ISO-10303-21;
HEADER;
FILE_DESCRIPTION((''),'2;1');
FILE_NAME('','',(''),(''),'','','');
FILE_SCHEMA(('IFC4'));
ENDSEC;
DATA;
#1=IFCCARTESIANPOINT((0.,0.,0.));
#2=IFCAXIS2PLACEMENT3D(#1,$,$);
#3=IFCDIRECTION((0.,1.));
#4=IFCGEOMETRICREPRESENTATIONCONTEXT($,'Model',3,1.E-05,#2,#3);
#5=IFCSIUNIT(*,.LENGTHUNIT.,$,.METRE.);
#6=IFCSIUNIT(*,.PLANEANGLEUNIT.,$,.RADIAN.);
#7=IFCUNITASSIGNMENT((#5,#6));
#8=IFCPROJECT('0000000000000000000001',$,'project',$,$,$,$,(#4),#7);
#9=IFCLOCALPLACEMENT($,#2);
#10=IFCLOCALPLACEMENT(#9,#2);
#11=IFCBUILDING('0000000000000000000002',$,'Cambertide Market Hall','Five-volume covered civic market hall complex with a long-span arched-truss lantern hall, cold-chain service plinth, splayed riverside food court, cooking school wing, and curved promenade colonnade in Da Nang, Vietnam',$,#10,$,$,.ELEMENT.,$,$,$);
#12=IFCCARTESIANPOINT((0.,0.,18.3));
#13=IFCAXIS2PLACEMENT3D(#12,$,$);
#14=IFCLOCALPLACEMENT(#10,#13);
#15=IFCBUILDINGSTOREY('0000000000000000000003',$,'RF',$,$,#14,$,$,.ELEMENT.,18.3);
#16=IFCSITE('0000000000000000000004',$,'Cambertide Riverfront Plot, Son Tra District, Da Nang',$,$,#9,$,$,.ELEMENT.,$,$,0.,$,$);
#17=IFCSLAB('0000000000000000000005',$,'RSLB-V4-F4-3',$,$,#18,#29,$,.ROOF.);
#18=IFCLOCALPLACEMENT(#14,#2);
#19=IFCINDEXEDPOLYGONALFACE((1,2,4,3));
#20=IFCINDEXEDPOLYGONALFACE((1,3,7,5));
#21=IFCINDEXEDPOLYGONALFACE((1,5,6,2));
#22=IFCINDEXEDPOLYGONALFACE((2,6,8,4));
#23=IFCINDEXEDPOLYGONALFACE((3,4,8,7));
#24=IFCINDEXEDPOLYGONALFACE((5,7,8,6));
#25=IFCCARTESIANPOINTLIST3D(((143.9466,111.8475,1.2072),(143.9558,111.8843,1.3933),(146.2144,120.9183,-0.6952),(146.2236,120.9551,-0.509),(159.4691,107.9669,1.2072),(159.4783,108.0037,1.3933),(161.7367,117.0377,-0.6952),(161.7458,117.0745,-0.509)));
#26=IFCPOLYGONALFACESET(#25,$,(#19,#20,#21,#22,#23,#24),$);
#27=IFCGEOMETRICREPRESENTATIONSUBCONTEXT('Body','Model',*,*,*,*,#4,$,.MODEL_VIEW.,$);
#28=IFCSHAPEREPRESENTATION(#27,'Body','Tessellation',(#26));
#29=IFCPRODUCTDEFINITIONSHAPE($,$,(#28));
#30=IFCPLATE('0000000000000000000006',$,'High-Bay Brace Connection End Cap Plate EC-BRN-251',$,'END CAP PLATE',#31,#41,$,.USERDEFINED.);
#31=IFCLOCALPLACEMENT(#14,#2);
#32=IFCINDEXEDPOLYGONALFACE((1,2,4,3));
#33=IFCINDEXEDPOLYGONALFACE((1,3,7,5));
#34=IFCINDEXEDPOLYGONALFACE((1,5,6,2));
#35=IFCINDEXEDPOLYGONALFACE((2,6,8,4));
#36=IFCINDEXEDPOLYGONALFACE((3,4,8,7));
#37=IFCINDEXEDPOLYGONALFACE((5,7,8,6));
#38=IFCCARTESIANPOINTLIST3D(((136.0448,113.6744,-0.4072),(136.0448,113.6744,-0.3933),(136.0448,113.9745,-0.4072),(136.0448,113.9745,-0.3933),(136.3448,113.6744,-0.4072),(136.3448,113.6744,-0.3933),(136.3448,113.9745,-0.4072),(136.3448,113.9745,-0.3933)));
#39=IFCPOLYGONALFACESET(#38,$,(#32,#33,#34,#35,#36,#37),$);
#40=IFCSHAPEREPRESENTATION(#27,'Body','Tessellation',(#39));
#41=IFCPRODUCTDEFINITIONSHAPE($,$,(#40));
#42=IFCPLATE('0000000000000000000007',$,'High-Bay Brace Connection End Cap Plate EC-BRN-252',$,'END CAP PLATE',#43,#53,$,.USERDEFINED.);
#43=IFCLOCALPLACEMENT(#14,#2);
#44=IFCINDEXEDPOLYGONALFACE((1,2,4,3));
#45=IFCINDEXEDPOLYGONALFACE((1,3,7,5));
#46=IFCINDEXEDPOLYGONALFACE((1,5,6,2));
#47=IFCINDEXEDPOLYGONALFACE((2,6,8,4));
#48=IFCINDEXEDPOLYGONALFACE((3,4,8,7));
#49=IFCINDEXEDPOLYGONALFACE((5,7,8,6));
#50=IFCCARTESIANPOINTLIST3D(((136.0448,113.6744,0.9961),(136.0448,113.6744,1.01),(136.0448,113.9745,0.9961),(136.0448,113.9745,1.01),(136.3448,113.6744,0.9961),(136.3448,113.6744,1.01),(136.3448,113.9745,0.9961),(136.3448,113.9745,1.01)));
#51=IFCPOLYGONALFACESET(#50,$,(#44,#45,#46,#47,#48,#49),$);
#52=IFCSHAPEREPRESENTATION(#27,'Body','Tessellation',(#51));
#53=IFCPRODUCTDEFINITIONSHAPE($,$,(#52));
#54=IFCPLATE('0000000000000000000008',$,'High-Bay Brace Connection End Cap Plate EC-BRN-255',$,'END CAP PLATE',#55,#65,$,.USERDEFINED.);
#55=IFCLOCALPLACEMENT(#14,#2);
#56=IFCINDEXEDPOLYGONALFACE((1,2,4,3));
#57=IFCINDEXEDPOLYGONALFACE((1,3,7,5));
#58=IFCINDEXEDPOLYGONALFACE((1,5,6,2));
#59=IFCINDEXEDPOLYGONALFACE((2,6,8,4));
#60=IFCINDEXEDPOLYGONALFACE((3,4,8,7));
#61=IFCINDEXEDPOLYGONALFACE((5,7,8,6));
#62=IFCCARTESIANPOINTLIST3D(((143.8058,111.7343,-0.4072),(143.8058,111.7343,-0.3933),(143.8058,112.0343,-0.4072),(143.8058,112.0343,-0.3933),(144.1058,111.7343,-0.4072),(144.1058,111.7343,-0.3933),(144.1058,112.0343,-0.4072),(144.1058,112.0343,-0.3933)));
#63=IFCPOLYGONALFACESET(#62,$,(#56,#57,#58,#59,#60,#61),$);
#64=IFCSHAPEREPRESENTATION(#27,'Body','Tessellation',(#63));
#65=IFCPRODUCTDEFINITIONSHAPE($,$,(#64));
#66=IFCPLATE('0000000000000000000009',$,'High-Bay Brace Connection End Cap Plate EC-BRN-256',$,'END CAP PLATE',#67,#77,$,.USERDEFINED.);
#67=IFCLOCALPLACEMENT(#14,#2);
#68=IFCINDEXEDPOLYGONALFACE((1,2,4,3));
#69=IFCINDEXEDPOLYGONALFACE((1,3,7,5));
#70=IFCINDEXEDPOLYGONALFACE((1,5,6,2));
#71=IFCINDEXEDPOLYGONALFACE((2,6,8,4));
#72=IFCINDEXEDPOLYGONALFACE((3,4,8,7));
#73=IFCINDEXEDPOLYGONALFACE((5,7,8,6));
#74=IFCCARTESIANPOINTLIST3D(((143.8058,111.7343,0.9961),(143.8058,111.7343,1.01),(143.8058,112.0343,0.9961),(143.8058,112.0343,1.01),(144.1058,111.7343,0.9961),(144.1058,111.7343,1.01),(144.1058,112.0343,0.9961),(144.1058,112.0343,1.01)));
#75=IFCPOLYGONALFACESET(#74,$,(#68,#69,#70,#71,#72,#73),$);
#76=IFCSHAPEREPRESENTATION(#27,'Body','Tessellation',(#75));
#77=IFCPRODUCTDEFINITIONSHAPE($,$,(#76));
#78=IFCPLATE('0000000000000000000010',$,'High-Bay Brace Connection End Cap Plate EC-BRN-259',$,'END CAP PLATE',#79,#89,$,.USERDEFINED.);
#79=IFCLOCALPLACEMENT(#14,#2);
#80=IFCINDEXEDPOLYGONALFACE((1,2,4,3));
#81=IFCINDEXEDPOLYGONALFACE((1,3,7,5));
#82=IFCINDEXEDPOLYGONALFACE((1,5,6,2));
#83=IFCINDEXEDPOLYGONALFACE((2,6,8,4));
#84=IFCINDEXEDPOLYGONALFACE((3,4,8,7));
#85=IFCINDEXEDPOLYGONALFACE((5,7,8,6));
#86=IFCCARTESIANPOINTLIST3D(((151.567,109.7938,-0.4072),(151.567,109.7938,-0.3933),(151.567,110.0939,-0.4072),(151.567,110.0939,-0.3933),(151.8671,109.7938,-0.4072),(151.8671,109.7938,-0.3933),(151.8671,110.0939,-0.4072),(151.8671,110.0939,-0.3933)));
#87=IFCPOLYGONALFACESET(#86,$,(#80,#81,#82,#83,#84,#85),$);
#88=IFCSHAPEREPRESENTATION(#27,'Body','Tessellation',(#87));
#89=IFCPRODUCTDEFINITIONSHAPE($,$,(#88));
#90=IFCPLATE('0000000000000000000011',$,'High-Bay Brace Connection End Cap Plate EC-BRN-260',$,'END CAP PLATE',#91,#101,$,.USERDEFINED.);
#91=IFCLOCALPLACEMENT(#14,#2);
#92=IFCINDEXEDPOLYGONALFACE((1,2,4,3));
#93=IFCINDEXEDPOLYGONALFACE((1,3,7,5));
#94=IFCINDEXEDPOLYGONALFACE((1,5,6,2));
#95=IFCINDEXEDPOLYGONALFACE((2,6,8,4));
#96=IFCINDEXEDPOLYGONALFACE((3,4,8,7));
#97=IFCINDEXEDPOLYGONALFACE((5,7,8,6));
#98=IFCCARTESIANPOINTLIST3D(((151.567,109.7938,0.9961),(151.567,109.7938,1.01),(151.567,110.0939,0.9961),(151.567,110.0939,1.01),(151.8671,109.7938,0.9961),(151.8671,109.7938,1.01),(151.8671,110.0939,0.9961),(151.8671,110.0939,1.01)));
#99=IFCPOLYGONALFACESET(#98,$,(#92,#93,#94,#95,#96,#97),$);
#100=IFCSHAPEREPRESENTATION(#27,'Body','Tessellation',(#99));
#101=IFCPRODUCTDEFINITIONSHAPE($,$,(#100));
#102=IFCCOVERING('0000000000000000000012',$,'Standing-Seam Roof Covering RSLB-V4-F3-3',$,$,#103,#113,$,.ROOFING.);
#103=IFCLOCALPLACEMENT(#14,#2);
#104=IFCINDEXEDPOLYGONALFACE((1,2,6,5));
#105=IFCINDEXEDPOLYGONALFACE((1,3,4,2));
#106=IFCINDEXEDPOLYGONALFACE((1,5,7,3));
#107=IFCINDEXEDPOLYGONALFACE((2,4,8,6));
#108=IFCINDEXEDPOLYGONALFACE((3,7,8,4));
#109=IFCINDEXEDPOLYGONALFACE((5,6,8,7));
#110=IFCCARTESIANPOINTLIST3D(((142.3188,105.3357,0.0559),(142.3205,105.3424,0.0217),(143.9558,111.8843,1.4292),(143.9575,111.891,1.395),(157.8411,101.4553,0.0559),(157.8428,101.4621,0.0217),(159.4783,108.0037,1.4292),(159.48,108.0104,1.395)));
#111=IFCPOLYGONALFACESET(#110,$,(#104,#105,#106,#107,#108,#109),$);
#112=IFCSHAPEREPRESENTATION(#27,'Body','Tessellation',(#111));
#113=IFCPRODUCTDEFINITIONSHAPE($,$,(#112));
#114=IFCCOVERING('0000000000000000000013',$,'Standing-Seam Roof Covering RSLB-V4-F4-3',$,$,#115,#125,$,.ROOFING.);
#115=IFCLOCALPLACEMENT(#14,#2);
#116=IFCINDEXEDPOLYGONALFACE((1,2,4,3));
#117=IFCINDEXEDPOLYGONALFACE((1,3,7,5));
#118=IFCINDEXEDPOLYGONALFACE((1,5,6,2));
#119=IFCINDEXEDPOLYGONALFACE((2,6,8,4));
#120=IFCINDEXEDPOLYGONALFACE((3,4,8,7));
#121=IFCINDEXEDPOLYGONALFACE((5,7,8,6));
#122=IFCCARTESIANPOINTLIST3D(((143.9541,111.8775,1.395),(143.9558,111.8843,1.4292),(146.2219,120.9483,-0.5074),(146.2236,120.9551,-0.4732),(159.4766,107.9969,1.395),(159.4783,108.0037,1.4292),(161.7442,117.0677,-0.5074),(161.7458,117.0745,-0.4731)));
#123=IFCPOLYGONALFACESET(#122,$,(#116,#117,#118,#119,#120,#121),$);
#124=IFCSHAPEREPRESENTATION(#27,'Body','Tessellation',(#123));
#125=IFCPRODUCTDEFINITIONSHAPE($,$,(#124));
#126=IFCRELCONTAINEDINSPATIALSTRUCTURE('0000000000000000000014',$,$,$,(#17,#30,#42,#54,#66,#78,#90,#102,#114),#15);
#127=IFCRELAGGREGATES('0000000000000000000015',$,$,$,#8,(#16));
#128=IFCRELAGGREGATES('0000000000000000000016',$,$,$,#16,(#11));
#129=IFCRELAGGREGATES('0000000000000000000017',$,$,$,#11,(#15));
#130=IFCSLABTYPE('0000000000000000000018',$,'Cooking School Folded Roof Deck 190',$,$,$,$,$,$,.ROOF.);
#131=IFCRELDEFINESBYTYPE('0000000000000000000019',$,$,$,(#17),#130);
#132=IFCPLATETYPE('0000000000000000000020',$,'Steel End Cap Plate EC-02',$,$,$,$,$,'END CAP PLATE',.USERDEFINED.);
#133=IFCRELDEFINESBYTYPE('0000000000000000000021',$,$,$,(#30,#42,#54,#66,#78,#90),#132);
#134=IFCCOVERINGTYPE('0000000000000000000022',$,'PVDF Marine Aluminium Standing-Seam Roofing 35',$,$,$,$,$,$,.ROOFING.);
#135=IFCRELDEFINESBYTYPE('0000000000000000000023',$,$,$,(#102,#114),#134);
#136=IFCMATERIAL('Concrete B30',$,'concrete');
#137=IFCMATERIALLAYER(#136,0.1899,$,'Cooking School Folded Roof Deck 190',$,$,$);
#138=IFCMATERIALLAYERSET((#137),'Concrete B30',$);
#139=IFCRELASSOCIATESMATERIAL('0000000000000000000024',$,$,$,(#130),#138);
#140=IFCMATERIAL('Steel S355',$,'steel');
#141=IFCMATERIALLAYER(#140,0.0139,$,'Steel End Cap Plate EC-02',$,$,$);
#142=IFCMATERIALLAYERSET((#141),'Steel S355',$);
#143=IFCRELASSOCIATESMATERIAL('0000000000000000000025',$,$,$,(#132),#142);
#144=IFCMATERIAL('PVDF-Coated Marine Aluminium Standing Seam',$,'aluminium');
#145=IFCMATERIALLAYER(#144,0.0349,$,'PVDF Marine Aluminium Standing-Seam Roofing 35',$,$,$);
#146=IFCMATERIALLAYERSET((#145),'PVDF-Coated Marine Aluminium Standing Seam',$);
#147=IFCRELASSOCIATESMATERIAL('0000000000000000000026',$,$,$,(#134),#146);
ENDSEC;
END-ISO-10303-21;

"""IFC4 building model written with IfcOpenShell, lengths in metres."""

from ifc_helpers import new_model, si_unit, direction, frame, origin, origin_2d, place, context, subcontext, project, spatial, polyline, rectangle, outline, extrude, material, layer, layer_set, type_object, element, save


model = new_model("IFC4")

# Units and contexts
model_context = context("Model", 3, precision=1e-05, world=origin(), true_north=direction((0.0, 1.0)))
body_context = subcontext(model_context, "Body", "Model", "MODEL_VIEW")
ifc_project = project(units=[si_unit("LENGTHUNIT", "METRE"), si_unit("PLANEANGLEUNIT", "RADIAN")], contexts=[model_context])

# Site, building, storey
site_placement = place(None, origin())
site = spatial("IfcSite", under=ifc_project, at=site_placement, Name="Cambertide Riverfront Plot, Son Tra District, Da Nang", CompositionType="ELEMENT", RefElevation=0.0)
building_placement = place(site_placement, origin())
building = spatial("IfcBuilding", under=site, at=building_placement, Name="Cambertide Market Hall", Description="Five-volume covered civic market hall complex with a long-span arched-truss lantern hall, cold-chain service plinth, splayed riverside food court, cooking school wing, and curved promenade colonnade in Da Nang, Vietnam", CompositionType="ELEMENT")
storey_placement = place(building_placement, frame((0.0, 0.0, 18.3)))
storey = spatial("IfcBuildingStorey", under=building, at=storey_placement, Name="RF", CompositionType="ELEMENT", Elevation=18.3)

# Slab
ifc_material_1 = material(Name="Concrete B30", Category="concrete")
ifc_layer_1 = layer(ifc_material_1, 0.1899, Name="Cooking School Folded Roof Deck 190")
ifc_layer_set_1 = layer_set([ifc_layer_1], Name="Concrete B30")
slab_type = type_object("IfcSlabType", Name="Cooking School Folded Roof Deck 190", PredefinedType="ROOF", material=ifc_layer_set_1)
slab_1_placement = place(storey_placement, frame((143.9558, 111.8843, 1.3933), z_axis=(0.048356, 0.193422, 0.979923), x_axis=(0.970142, -0.242536, 0.0)))
element("IfcSlab", 1, at=slab_1_placement, inside=storey, type_object=slab_type, Name="RSLB-V4-F4-3", PredefinedType="ROOF", context=body_context, shape_type="SweptSolid", body=[
    extrude(outline(polyline([(0.0, 0.0), (16.0002, 0.0), (16.0001, 9.5415), (0.0001, 9.5416), (0.0, 0.0)])), origin(), (0.0, 0.0, -1.0), 0.1899),
])

# Plates
ifc_material_2 = material(Name="Steel S355", Category="steel")
ifc_layer_2 = layer(ifc_material_2, 0.0139, Name="Steel End Cap Plate EC-02")
ifc_layer_set_2 = layer_set([ifc_layer_2], Name="Steel S355")
plate_type = type_object("IfcPlateType", Name="Steel End Cap Plate EC-02", ElementType="END CAP PLATE", PredefinedType="USERDEFINED", material=ifc_layer_set_2)
for number, where, z_axis, x_axis, name in (
    (2, (136.1948, 113.8245, -0.4072), (0.0, 0.0, 1.0), (1.0, 0.0, 0.0), "High-Bay Brace Connection End Cap Plate EC-BRN-251"),
    (3, (136.1948, 113.8245, 0.9961), (0.0, 0.0, 1.0), (1.0, 0.0, 0.0), "High-Bay Brace Connection End Cap Plate EC-BRN-252"),
    (4, (143.9558, 111.8843, -0.4072), (0.0, 0.0, 1.0), (1.0, 0.0, 0.0), "High-Bay Brace Connection End Cap Plate EC-BRN-255"),
    (5, (143.9558, 111.8843, 0.9961), (0.0, 0.0, 1.0), (1.0, 0.0, 0.0), "High-Bay Brace Connection End Cap Plate EC-BRN-256"),
    (6, (151.717, 109.9438, -0.4072), (0.0, 0.0, 1.0), (1.0, 0.0, 0.0), "High-Bay Brace Connection End Cap Plate EC-BRN-259"),
    (7, (151.717, 109.9438, 0.9961), (0.0, 0.0, 1.0), (1.0, 0.0, 0.0), "High-Bay Brace Connection End Cap Plate EC-BRN-260"),
):
    element("IfcPlate", number, at=place(storey_placement, frame(where, z_axis=z_axis, x_axis=x_axis)), inside=storey, type_object=plate_type, Name=name, ObjectType="END CAP PLATE", PredefinedType="USERDEFINED", context=body_context, shape_type="SweptSolid", body=[
        extrude(rectangle(XDim=0.3, YDim=0.3, at=origin_2d()), origin(), (0.0, 0.0, 1.0), 0.0139),
    ])

# Coverings
ifc_material_3 = material(Name="PVDF-Coated Marine Aluminium Standing Seam", Category="aluminium")
ifc_layer_3 = layer(ifc_material_3, 0.0349, Name="PVDF Marine Aluminium Standing-Seam Roofing 35")
ifc_layer_set_3 = layer_set([ifc_layer_3], Name="PVDF-Coated Marine Aluminium Standing Seam")
covering_type = type_object("IfcCoveringType", Name="PVDF Marine Aluminium Standing-Seam Roofing 35", PredefinedType="ROOFING", material=ifc_layer_set_3)
covering_1_placement = place(storey_placement, frame((142.3188, 105.3357, 0.0559), z_axis=(-0.048352, -0.193414, 0.979925), x_axis=(0.970145, -0.242525, 0.000001)))
element("IfcCovering", 8, at=covering_1_placement, inside=storey, type_object=covering_type, Name="Standing-Seam Roof Covering RSLB-V4-F3-3", PredefinedType="ROOFING", context=body_context, shape_type="SweptSolid", body=[
    extrude(outline(polyline([(0.0, 0.0), (15.9999, 0.0), (16.0001, 6.8882), (-0.0001, 6.8884), (0.0, 0.0)])), origin(), (0.0, 0.0, -1.0), 0.0349),
])
covering_2_placement = place(storey_placement, frame((143.9558, 111.8843, 1.4292), z_axis=(0.048356, 0.193422, 0.979923), x_axis=(0.970142, -0.242536, 0.0)))
element("IfcCovering", 9, at=covering_2_placement, inside=storey, type_object=covering_type, Name="Standing-Seam Roof Covering RSLB-V4-F4-3", PredefinedType="ROOFING", context=body_context, shape_type="SweptSolid", body=[
    extrude(outline(polyline([(0.0, 0.0), (16.0002, 0.0), (16.0001, 9.5415), (0.0001, 9.5416), (0.0, 0.0)])), origin(), (0.0, 0.0, -1.0), 0.0349),
])

save(model, "model.ifc")
